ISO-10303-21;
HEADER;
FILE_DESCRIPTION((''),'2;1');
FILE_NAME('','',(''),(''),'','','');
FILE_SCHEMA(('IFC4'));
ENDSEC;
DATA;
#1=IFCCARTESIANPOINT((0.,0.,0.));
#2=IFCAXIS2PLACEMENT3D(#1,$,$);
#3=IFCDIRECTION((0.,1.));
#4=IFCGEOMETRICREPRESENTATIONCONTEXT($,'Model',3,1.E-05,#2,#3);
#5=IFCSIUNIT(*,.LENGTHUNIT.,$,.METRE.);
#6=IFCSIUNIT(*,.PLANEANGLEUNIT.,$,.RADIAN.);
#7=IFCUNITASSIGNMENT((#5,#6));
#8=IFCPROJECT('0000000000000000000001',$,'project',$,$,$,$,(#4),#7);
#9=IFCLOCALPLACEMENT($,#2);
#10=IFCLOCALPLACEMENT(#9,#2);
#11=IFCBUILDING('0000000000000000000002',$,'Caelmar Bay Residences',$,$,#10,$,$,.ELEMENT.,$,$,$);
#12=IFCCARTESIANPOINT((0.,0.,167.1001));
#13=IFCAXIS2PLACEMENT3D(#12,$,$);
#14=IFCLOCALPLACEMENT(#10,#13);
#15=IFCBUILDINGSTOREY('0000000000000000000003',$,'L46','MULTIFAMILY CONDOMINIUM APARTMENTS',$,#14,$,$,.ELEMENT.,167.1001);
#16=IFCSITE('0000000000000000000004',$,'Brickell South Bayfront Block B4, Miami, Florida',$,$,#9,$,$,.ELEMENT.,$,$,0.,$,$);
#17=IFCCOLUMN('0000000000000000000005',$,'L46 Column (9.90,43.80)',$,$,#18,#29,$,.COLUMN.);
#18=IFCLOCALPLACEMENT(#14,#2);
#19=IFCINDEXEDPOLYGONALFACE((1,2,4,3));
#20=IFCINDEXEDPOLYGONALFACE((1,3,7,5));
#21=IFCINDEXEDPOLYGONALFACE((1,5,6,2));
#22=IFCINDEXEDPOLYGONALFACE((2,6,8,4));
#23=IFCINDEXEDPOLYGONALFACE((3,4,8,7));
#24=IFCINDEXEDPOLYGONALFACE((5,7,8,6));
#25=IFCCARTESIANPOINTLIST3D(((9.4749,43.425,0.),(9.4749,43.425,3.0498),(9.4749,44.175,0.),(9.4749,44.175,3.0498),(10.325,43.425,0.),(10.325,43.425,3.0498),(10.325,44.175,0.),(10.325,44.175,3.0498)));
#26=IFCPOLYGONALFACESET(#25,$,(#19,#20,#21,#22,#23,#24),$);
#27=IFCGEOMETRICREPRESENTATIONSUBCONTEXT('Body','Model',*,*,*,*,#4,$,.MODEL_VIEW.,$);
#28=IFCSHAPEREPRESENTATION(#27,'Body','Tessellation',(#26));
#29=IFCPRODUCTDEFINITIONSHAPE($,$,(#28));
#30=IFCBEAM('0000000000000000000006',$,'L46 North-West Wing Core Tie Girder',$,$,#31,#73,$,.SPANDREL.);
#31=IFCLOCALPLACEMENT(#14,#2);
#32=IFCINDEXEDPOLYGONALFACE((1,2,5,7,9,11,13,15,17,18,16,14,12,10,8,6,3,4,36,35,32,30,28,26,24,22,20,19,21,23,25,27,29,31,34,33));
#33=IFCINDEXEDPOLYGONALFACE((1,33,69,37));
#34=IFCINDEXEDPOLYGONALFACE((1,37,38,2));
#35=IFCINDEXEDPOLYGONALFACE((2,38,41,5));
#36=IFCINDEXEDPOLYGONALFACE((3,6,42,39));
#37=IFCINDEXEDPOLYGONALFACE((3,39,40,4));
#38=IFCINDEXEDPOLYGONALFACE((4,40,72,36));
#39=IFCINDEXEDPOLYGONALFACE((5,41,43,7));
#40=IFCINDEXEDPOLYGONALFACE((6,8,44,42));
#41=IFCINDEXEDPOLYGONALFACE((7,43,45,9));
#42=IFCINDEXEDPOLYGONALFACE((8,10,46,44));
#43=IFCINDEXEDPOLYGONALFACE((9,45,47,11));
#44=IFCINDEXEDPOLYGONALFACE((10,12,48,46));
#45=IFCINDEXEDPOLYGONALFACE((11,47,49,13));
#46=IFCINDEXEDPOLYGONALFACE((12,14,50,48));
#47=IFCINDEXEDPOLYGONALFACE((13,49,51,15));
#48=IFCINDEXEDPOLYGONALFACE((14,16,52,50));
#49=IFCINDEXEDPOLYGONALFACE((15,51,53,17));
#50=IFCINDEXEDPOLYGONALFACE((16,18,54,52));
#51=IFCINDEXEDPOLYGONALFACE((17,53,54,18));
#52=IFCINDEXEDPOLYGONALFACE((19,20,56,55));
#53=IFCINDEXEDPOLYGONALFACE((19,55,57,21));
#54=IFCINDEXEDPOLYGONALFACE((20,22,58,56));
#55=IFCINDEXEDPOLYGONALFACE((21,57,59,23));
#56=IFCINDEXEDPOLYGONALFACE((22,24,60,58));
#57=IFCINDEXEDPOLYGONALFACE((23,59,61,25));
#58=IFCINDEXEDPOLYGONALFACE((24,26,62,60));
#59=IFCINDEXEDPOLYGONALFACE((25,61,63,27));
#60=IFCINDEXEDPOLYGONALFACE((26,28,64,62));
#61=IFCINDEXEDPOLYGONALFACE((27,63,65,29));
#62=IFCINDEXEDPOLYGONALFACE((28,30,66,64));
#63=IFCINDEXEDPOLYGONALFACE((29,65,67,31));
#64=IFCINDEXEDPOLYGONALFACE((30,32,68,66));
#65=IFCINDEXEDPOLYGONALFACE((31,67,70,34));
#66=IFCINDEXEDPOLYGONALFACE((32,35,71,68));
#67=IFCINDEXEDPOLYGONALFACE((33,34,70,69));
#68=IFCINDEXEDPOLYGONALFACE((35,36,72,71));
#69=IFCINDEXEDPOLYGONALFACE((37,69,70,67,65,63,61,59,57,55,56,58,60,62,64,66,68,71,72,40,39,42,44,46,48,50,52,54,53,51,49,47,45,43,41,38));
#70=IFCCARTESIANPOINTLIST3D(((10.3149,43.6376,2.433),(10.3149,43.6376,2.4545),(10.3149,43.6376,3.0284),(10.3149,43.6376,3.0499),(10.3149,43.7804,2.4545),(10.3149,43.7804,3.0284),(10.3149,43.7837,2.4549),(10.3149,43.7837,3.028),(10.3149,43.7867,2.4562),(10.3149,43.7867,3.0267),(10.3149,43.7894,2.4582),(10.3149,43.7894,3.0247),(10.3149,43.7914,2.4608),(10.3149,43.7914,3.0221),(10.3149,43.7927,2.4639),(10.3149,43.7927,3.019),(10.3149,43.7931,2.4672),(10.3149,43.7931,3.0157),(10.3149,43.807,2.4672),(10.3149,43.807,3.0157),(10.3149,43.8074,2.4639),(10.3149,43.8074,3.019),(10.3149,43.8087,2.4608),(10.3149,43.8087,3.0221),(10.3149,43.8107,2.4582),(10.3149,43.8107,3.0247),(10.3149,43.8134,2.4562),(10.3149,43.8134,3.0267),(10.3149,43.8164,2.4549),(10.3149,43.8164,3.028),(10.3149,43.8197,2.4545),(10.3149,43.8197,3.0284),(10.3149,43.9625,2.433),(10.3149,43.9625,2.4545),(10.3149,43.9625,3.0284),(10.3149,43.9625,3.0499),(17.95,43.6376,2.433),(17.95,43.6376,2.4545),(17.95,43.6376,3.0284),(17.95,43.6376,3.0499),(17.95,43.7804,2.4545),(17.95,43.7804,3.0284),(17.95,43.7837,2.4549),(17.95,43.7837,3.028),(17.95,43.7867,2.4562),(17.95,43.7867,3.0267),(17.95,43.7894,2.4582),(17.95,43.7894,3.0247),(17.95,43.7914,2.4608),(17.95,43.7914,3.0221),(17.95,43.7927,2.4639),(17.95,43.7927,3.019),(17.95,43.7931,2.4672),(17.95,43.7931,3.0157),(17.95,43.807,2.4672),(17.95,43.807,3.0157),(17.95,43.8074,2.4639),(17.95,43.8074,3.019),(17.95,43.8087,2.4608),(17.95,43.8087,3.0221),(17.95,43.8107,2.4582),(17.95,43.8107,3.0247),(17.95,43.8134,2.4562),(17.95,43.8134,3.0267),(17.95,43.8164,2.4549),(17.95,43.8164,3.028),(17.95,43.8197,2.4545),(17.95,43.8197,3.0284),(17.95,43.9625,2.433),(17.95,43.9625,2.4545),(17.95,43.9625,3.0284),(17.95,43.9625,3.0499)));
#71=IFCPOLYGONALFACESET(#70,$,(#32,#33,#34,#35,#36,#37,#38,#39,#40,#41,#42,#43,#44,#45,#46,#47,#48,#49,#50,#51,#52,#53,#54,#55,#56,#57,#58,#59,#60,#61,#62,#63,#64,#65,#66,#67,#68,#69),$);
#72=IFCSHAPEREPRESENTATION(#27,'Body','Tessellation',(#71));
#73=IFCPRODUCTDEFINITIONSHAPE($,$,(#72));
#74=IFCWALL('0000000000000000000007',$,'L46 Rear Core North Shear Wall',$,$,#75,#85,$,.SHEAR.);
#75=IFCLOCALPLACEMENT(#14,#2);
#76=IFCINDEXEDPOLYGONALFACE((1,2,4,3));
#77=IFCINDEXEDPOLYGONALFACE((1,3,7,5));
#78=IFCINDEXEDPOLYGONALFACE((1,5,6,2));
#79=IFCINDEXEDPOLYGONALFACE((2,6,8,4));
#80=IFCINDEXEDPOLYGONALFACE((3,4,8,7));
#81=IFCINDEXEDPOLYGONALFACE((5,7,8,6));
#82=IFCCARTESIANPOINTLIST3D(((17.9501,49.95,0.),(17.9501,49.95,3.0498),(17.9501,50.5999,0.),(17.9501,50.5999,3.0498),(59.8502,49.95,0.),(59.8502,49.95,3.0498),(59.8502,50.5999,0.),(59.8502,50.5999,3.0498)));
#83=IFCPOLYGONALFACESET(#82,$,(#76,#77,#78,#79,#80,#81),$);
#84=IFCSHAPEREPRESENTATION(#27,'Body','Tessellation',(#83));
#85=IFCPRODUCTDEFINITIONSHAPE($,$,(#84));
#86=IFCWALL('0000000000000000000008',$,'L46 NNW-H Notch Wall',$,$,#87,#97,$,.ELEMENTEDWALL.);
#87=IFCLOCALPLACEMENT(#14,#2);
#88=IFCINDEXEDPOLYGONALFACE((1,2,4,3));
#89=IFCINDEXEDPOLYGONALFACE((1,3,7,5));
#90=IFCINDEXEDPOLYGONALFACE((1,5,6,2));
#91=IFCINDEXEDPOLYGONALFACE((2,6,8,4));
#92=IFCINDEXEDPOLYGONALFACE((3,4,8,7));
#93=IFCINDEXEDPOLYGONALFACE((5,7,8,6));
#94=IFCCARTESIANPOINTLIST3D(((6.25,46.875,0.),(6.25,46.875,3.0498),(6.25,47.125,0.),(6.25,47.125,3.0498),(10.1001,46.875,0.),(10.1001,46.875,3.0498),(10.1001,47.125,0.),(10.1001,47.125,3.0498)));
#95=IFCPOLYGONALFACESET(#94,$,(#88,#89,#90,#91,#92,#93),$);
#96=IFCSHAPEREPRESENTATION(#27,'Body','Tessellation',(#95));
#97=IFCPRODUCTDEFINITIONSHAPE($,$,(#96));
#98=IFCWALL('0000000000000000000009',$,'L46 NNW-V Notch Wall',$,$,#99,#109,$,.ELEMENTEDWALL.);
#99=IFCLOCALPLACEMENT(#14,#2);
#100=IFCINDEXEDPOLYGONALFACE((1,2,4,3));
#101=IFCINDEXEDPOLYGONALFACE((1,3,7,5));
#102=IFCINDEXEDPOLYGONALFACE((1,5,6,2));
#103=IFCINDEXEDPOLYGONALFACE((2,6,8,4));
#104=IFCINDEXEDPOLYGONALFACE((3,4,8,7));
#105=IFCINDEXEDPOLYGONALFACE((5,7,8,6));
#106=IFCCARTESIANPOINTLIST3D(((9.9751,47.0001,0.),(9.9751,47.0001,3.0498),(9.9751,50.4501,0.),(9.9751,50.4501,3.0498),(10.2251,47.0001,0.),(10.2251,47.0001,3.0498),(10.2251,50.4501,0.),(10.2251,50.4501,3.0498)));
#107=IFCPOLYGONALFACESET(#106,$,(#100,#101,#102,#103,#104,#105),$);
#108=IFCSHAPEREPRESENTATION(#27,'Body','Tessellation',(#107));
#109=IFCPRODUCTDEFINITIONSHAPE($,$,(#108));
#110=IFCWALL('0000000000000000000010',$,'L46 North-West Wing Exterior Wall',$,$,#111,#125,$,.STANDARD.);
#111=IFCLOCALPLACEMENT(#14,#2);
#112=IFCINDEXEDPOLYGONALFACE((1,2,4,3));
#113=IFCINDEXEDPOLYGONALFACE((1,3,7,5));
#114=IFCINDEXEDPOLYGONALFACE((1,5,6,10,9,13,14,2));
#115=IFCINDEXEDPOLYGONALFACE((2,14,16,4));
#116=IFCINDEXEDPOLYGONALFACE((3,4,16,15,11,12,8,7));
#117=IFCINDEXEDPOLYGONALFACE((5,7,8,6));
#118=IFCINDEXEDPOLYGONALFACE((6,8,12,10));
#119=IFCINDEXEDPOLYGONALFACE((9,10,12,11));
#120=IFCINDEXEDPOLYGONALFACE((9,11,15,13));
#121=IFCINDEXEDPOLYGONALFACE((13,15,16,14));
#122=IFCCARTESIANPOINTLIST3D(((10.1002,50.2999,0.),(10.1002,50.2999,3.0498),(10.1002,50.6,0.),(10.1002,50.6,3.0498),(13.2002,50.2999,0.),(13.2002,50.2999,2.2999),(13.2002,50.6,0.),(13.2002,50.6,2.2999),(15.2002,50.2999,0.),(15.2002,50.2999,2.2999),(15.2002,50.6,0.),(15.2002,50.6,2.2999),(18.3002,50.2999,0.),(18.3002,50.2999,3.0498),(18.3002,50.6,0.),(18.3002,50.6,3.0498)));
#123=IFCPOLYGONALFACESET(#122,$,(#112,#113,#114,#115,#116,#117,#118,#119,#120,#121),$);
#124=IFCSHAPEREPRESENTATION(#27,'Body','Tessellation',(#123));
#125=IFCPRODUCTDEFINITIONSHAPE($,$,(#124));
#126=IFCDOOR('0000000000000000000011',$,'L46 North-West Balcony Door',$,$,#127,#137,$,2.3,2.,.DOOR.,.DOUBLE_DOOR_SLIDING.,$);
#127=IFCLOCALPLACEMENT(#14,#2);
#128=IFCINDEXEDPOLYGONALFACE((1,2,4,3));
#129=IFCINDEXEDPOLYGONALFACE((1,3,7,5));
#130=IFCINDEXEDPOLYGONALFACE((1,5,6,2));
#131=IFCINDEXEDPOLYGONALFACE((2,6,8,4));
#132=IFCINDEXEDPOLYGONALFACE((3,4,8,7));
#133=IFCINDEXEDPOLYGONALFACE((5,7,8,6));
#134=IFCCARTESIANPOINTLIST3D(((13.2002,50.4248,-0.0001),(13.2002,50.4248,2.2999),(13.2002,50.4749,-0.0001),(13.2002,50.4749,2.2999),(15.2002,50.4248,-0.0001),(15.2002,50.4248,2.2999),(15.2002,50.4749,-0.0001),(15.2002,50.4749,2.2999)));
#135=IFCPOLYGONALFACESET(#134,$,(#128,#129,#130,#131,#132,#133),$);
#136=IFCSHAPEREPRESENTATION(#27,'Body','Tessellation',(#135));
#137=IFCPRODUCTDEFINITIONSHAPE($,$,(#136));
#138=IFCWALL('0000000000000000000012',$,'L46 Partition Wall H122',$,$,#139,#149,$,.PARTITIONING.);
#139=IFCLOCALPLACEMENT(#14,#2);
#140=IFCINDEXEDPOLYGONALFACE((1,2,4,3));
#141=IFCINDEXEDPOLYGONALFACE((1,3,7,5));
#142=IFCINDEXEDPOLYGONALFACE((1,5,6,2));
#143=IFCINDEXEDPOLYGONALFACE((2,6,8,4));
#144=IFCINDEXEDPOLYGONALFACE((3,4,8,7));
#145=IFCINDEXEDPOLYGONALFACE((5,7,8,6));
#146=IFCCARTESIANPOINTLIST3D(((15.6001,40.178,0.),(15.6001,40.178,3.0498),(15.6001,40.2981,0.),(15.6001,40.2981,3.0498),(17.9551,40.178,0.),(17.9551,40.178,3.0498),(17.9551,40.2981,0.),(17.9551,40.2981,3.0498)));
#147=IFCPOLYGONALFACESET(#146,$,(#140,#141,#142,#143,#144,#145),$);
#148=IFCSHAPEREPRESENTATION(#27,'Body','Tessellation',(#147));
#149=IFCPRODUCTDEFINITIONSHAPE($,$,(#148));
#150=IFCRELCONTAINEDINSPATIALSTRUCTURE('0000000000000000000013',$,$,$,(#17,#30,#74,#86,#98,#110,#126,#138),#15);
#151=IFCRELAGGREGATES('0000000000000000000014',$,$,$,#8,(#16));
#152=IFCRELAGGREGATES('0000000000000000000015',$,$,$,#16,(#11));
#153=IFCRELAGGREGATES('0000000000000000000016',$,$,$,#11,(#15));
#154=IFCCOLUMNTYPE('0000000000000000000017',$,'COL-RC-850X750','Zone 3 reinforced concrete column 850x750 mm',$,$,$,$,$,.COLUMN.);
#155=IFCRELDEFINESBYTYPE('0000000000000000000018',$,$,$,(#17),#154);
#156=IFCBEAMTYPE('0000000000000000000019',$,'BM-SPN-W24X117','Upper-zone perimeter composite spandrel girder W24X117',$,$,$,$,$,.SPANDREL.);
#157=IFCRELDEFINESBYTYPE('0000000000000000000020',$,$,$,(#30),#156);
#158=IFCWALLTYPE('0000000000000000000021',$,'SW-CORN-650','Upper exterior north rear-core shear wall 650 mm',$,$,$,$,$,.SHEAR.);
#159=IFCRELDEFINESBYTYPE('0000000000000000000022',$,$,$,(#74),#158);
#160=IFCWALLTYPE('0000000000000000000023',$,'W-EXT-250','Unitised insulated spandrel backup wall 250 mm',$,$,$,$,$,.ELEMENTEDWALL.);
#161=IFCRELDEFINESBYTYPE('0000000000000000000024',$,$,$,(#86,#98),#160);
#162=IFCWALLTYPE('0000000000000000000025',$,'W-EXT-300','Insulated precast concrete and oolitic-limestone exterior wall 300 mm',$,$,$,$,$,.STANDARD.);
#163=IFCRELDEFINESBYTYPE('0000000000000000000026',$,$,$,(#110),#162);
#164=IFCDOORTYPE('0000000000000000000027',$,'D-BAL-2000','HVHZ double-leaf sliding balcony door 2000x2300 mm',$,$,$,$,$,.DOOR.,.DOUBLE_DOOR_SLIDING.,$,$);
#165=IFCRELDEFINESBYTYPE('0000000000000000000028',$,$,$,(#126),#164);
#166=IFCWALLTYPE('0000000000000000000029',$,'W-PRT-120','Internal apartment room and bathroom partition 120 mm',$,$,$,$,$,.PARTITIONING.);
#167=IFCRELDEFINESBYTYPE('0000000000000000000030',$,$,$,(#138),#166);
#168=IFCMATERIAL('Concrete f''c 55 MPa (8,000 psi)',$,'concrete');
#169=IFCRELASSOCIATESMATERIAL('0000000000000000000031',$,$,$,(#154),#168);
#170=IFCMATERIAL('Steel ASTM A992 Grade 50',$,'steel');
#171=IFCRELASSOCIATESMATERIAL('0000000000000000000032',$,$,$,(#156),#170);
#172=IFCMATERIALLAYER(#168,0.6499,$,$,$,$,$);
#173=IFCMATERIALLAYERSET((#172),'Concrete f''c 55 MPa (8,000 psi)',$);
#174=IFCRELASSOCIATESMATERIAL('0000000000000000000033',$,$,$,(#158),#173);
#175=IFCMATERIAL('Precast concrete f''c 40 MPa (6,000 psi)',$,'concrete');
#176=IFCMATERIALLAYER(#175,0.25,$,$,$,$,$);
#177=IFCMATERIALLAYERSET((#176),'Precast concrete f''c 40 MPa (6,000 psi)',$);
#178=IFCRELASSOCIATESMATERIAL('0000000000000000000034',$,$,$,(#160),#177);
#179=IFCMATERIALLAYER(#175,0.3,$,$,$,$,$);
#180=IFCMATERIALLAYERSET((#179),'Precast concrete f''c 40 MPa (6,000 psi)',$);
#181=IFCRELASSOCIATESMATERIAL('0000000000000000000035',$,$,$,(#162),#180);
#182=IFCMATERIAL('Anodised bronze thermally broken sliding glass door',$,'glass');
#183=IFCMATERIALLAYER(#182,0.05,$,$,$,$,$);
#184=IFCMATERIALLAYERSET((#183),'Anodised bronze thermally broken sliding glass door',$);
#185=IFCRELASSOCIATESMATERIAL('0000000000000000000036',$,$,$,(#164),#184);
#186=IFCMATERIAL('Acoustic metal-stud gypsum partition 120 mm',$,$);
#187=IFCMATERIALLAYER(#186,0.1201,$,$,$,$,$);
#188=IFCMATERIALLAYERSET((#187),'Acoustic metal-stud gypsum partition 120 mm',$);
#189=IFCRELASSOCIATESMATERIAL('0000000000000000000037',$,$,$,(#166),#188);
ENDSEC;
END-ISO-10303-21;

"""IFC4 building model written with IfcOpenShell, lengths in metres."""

from ifc_helpers import new_model, si_unit, direction, frame, frame_2d, origin, origin_2d, place, context, subcontext, project, spatial, rectangle, i_section, extrude, material, layer, layer_set, material_profile, profile_set, type_object, element, fill, save


model = new_model("IFC4")

# Units and contexts
model_context = context("Model", 3, precision=1e-05, world=origin(), true_north=direction((0.0, 1.0)))
body_context = subcontext(model_context, "Body", "Model", "MODEL_VIEW")
ifc_project = project(units=[si_unit("LENGTHUNIT", "METRE"), si_unit("PLANEANGLEUNIT", "RADIAN")], contexts=[model_context])

# Site, building, storey
site_placement = place(None, origin())
site = spatial("IfcSite", under=ifc_project, at=site_placement, Name="Brickell South Bayfront Block B4, Miami, Florida", CompositionType="ELEMENT", RefElevation=0.0)
building_placement = place(site_placement, origin())
building = spatial("IfcBuilding", under=site, at=building_placement, Name="Caelmar Bay Residences", CompositionType="ELEMENT")
storey_placement = place(building_placement, frame((0.0, 0.0, 167.1001)))
storey = spatial("IfcBuildingStorey", under=building, at=storey_placement, Name="L46", Description="MULTIFAMILY CONDOMINIUM APARTMENTS", CompositionType="ELEMENT", Elevation=167.1001)

# Column
ifc_material_1 = material(Name="Concrete f'c 55 MPa (8,000 psi)", Category="concrete")
ifc_material_profile_1 = material_profile(ifc_material_1, rectangle(XDim=0.8501, YDim=0.75, at=origin_2d()), Name="RC-COL-850X750")
ifc_profile_set_1 = profile_set([ifc_material_profile_1], Name="Concrete f'c 55 MPa (8,000 psi)")
column_type = type_object("IfcColumnType", Name="COL-RC-850X750", Description="Zone 3 reinforced concrete column 850x750 mm", PredefinedType="COLUMN", material=ifc_profile_set_1)
column_placement = place(storey_placement, frame((9.8999, 43.8, 0.0), z_axis=(0.0, 0.0, 1.0), x_axis=(1.0, 0.0, 0.0)))
element("IfcColumn", 1, at=column_placement, inside=storey, type_object=column_type, Name="L46 Column (9.90,43.80)", PredefinedType="COLUMN", context=body_context, shape_type="SweptSolid", body=[
    extrude(rectangle(XDim=0.8501, YDim=0.75, at=origin_2d()), origin(), (0.0, 0.0, 1.0), 3.0498),
])

# Beam
ifc_material_2 = material(Name="Steel ASTM A992 Grade 50", Category="steel")
ifc_material_profile_2 = material_profile(ifc_material_2, i_section(OverallWidth=0.325, OverallDepth=0.6169, WebThickness=0.0139, FlangeThickness=0.0215, FilletRadius=0.0127, at=origin_2d()), Name="W24X117")
ifc_profile_set_2 = profile_set([ifc_material_profile_2], Name="Steel ASTM A992 Grade 50")
beam_type = type_object("IfcBeamType", Name="BM-SPN-W24X117", Description="Upper-zone perimeter composite spandrel girder W24X117", PredefinedType="SPANDREL", material=ifc_profile_set_2)
beam_placement = place(storey_placement, frame((10.3149, 43.8, 2.7415), z_axis=(1.0, 0.0, 0.0), x_axis=(0.0, 1.0, 0.0)))
element("IfcBeam", 2, at=beam_placement, inside=storey, type_object=beam_type, Name="L46 North-West Wing Core Tie Girder", PredefinedType="SPANDREL", context=body_context, shape_type="SweptSolid", body=[
    extrude(i_section(OverallWidth=0.325, OverallDepth=0.6169, WebThickness=0.0139, FlangeThickness=0.0215, FilletRadius=0.0127, at=origin_2d()), origin(), (0.0, 0.0, 1.0), 7.635),
])

# Walls
ifc_layer_1 = layer(ifc_material_1, 0.6499)
ifc_layer_set_1 = layer_set([ifc_layer_1], Name="Concrete f'c 55 MPa (8,000 psi)")
wall_type_1 = type_object("IfcWallType", Name="SW-CORN-650", Description="Upper exterior north rear-core shear wall 650 mm", PredefinedType="SHEAR", material=ifc_layer_set_1)
wall_1_placement = place(storey_placement, frame((17.95, 50.2749, 0.0), z_axis=(0.0, 0.0, 1.0), x_axis=(1.0, 0.0, 0.0)))
element("IfcWall", 3, at=wall_1_placement, inside=storey, type_object=wall_type_1, Name="L46 Rear Core North Shear Wall", PredefinedType="SHEAR", context=body_context, shape_type="SweptSolid", body=[
    extrude(rectangle(XDim=41.9001, YDim=0.6499, at=frame_2d((20.9502, 0.0))), origin(), (0.0, 0.0, 1.0), 3.0498),
])
ifc_material_3 = material(Name="Precast concrete f'c 40 MPa (6,000 psi)", Category="concrete")
ifc_layer_2 = layer(ifc_material_3, 0.25)
ifc_layer_set_2 = layer_set([ifc_layer_2], Name="Precast concrete f'c 40 MPa (6,000 psi)")
wall_type_2 = type_object("IfcWallType", Name="W-EXT-250", Description="Unitised insulated spandrel backup wall 250 mm", PredefinedType="ELEMENTEDWALL", material=ifc_layer_set_2)
wall_2_placement = place(storey_placement, frame((6.25, 47.0, 0.0), z_axis=(0.0, 0.0, 1.0), x_axis=(1.0, 0.0, 0.0)))
element("IfcWall", 4, at=wall_2_placement, inside=storey, type_object=wall_type_2, Name="L46 NNW-H Notch Wall", PredefinedType="ELEMENTEDWALL", context=body_context, shape_type="SweptSolid", body=[
    extrude(rectangle(XDim=3.8501, YDim=0.25, at=frame_2d((1.925, 0.0))), origin(), (0.0, 0.0, 1.0), 3.0498),
])
wall_3_placement = place(storey_placement, frame((10.1001, 47.0, 0.0), z_axis=(0.0, 0.0, 1.0), x_axis=(0.0, 1.0, 0.0)))
element("IfcWall", 5, at=wall_3_placement, inside=storey, type_object=wall_type_2, Name="L46 NNW-V Notch Wall", PredefinedType="ELEMENTEDWALL", context=body_context, shape_type="SweptSolid", body=[
    extrude(rectangle(XDim=3.45, YDim=0.25, at=frame_2d((1.7251, 0.0))), origin(), (0.0, 0.0, 1.0), 3.0498),
])

# Wall, opening, door
ifc_layer_3 = layer(ifc_material_3, 0.3)
ifc_layer_set_3 = layer_set([ifc_layer_3], Name="Precast concrete f'c 40 MPa (6,000 psi)")
wall_type_3 = type_object("IfcWallType", Name="W-EXT-300", Description="Insulated precast concrete and oolitic-limestone exterior wall 300 mm", PredefinedType="STANDARD", material=ifc_layer_set_3)
wall_4_placement = place(storey_placement, frame((10.1001, 50.45, 0.0), z_axis=(0.0, 0.0, 1.0), x_axis=(1.0, 0.0, 0.0)))
wall_4 = element("IfcWall", 6, at=wall_4_placement, inside=storey, type_object=wall_type_3, Name="L46 North-West Wing Exterior Wall", PredefinedType="STANDARD", context=body_context, shape_type="SweptSolid", body=[
    extrude(rectangle(XDim=8.2, YDim=0.3, at=frame_2d((4.1001, 0.0))), origin(), (0.0, 0.0, 1.0), 3.0498),
])
opening_1_placement = place(wall_4_placement, frame((3.1001, 0.0, 0.0)))
opening_1 = element("IfcOpeningElement", 7, at=opening_1_placement, cuts=wall_4, PredefinedType="OPENING", context=body_context, shape_type="SweptSolid", body=[
    extrude(rectangle(XDim=2.0, YDim=2.3, at=frame_2d((1.0, 1.1499))), frame((0.0, 0.1599, 0.0), z_axis=(0.0, -1.0, 0.0), x_axis=(1.0, 0.0, 0.0)), (0.0, 0.0, 1.0), 0.3201),
])
ifc_material_4 = material(Name="Anodised bronze thermally broken sliding glass door", Category="glass")
ifc_layer_4 = layer(ifc_material_4, 0.05)
ifc_layer_set_4 = layer_set([ifc_layer_4], Name="Anodised bronze thermally broken sliding glass door")
door_type_1 = type_object("IfcDoorType", Name="D-BAL-2000", Description="HVHZ double-leaf sliding balcony door 2000x2300 mm", OperationType="DOUBLE_DOOR_SLIDING", PredefinedType="DOOR", material=ifc_layer_set_4)
door_1_placement = place(opening_1_placement, origin())
door_1 = element("IfcDoor", 8, at=door_1_placement, inside=storey, type_object=door_type_1, Name="L46 North-West Balcony Door", OperationType="DOUBLE_DOOR_SLIDING", OverallHeight=2.3, OverallWidth=2.0, PredefinedType="DOOR", context=body_context, shape_type="SweptSolid", body=[
    extrude(rectangle(XDim=2.0, YDim=2.3, at=frame_2d((1.0, 1.1499))), frame((0.0, 0.0249, 0.0), z_axis=(0.0, -1.0, 0.0), x_axis=(1.0, 0.0, 0.0)), (0.0, 0.0, 1.0), 0.05),
])
fill(opening_1, door_1)
ifc_material_5 = material(Name="Acoustic metal-stud gypsum partition 120 mm")
ifc_layer_5 = layer(ifc_material_5, 0.1201)
ifc_layer_set_5 = layer_set([ifc_layer_5], Name="Acoustic metal-stud gypsum partition 120 mm")
wall_type_4 = type_object("IfcWallType", Name="W-PRT-120", Description="Internal apartment room and bathroom partition 120 mm", PredefinedType="PARTITIONING", material=ifc_layer_set_5)

# Wall
wall_5_placement = place(storey_placement, frame((15.6001, 40.238, 0.0), z_axis=(0.0, 0.0, 1.0), x_axis=(1.0, 0.0, 0.0)))
element("IfcWall", 9, at=wall_5_placement, inside=storey, type_object=wall_type_4, Name="L46 Partition Wall H122", PredefinedType="PARTITIONING", context=body_context, shape_type="SweptSolid", body=[
    extrude(rectangle(XDim=2.355, YDim=0.1201, at=frame_2d((1.1775, 0.0))), origin(), (0.0, 0.0, 1.0), 3.0498),
])

save(model, "model.ifc")
